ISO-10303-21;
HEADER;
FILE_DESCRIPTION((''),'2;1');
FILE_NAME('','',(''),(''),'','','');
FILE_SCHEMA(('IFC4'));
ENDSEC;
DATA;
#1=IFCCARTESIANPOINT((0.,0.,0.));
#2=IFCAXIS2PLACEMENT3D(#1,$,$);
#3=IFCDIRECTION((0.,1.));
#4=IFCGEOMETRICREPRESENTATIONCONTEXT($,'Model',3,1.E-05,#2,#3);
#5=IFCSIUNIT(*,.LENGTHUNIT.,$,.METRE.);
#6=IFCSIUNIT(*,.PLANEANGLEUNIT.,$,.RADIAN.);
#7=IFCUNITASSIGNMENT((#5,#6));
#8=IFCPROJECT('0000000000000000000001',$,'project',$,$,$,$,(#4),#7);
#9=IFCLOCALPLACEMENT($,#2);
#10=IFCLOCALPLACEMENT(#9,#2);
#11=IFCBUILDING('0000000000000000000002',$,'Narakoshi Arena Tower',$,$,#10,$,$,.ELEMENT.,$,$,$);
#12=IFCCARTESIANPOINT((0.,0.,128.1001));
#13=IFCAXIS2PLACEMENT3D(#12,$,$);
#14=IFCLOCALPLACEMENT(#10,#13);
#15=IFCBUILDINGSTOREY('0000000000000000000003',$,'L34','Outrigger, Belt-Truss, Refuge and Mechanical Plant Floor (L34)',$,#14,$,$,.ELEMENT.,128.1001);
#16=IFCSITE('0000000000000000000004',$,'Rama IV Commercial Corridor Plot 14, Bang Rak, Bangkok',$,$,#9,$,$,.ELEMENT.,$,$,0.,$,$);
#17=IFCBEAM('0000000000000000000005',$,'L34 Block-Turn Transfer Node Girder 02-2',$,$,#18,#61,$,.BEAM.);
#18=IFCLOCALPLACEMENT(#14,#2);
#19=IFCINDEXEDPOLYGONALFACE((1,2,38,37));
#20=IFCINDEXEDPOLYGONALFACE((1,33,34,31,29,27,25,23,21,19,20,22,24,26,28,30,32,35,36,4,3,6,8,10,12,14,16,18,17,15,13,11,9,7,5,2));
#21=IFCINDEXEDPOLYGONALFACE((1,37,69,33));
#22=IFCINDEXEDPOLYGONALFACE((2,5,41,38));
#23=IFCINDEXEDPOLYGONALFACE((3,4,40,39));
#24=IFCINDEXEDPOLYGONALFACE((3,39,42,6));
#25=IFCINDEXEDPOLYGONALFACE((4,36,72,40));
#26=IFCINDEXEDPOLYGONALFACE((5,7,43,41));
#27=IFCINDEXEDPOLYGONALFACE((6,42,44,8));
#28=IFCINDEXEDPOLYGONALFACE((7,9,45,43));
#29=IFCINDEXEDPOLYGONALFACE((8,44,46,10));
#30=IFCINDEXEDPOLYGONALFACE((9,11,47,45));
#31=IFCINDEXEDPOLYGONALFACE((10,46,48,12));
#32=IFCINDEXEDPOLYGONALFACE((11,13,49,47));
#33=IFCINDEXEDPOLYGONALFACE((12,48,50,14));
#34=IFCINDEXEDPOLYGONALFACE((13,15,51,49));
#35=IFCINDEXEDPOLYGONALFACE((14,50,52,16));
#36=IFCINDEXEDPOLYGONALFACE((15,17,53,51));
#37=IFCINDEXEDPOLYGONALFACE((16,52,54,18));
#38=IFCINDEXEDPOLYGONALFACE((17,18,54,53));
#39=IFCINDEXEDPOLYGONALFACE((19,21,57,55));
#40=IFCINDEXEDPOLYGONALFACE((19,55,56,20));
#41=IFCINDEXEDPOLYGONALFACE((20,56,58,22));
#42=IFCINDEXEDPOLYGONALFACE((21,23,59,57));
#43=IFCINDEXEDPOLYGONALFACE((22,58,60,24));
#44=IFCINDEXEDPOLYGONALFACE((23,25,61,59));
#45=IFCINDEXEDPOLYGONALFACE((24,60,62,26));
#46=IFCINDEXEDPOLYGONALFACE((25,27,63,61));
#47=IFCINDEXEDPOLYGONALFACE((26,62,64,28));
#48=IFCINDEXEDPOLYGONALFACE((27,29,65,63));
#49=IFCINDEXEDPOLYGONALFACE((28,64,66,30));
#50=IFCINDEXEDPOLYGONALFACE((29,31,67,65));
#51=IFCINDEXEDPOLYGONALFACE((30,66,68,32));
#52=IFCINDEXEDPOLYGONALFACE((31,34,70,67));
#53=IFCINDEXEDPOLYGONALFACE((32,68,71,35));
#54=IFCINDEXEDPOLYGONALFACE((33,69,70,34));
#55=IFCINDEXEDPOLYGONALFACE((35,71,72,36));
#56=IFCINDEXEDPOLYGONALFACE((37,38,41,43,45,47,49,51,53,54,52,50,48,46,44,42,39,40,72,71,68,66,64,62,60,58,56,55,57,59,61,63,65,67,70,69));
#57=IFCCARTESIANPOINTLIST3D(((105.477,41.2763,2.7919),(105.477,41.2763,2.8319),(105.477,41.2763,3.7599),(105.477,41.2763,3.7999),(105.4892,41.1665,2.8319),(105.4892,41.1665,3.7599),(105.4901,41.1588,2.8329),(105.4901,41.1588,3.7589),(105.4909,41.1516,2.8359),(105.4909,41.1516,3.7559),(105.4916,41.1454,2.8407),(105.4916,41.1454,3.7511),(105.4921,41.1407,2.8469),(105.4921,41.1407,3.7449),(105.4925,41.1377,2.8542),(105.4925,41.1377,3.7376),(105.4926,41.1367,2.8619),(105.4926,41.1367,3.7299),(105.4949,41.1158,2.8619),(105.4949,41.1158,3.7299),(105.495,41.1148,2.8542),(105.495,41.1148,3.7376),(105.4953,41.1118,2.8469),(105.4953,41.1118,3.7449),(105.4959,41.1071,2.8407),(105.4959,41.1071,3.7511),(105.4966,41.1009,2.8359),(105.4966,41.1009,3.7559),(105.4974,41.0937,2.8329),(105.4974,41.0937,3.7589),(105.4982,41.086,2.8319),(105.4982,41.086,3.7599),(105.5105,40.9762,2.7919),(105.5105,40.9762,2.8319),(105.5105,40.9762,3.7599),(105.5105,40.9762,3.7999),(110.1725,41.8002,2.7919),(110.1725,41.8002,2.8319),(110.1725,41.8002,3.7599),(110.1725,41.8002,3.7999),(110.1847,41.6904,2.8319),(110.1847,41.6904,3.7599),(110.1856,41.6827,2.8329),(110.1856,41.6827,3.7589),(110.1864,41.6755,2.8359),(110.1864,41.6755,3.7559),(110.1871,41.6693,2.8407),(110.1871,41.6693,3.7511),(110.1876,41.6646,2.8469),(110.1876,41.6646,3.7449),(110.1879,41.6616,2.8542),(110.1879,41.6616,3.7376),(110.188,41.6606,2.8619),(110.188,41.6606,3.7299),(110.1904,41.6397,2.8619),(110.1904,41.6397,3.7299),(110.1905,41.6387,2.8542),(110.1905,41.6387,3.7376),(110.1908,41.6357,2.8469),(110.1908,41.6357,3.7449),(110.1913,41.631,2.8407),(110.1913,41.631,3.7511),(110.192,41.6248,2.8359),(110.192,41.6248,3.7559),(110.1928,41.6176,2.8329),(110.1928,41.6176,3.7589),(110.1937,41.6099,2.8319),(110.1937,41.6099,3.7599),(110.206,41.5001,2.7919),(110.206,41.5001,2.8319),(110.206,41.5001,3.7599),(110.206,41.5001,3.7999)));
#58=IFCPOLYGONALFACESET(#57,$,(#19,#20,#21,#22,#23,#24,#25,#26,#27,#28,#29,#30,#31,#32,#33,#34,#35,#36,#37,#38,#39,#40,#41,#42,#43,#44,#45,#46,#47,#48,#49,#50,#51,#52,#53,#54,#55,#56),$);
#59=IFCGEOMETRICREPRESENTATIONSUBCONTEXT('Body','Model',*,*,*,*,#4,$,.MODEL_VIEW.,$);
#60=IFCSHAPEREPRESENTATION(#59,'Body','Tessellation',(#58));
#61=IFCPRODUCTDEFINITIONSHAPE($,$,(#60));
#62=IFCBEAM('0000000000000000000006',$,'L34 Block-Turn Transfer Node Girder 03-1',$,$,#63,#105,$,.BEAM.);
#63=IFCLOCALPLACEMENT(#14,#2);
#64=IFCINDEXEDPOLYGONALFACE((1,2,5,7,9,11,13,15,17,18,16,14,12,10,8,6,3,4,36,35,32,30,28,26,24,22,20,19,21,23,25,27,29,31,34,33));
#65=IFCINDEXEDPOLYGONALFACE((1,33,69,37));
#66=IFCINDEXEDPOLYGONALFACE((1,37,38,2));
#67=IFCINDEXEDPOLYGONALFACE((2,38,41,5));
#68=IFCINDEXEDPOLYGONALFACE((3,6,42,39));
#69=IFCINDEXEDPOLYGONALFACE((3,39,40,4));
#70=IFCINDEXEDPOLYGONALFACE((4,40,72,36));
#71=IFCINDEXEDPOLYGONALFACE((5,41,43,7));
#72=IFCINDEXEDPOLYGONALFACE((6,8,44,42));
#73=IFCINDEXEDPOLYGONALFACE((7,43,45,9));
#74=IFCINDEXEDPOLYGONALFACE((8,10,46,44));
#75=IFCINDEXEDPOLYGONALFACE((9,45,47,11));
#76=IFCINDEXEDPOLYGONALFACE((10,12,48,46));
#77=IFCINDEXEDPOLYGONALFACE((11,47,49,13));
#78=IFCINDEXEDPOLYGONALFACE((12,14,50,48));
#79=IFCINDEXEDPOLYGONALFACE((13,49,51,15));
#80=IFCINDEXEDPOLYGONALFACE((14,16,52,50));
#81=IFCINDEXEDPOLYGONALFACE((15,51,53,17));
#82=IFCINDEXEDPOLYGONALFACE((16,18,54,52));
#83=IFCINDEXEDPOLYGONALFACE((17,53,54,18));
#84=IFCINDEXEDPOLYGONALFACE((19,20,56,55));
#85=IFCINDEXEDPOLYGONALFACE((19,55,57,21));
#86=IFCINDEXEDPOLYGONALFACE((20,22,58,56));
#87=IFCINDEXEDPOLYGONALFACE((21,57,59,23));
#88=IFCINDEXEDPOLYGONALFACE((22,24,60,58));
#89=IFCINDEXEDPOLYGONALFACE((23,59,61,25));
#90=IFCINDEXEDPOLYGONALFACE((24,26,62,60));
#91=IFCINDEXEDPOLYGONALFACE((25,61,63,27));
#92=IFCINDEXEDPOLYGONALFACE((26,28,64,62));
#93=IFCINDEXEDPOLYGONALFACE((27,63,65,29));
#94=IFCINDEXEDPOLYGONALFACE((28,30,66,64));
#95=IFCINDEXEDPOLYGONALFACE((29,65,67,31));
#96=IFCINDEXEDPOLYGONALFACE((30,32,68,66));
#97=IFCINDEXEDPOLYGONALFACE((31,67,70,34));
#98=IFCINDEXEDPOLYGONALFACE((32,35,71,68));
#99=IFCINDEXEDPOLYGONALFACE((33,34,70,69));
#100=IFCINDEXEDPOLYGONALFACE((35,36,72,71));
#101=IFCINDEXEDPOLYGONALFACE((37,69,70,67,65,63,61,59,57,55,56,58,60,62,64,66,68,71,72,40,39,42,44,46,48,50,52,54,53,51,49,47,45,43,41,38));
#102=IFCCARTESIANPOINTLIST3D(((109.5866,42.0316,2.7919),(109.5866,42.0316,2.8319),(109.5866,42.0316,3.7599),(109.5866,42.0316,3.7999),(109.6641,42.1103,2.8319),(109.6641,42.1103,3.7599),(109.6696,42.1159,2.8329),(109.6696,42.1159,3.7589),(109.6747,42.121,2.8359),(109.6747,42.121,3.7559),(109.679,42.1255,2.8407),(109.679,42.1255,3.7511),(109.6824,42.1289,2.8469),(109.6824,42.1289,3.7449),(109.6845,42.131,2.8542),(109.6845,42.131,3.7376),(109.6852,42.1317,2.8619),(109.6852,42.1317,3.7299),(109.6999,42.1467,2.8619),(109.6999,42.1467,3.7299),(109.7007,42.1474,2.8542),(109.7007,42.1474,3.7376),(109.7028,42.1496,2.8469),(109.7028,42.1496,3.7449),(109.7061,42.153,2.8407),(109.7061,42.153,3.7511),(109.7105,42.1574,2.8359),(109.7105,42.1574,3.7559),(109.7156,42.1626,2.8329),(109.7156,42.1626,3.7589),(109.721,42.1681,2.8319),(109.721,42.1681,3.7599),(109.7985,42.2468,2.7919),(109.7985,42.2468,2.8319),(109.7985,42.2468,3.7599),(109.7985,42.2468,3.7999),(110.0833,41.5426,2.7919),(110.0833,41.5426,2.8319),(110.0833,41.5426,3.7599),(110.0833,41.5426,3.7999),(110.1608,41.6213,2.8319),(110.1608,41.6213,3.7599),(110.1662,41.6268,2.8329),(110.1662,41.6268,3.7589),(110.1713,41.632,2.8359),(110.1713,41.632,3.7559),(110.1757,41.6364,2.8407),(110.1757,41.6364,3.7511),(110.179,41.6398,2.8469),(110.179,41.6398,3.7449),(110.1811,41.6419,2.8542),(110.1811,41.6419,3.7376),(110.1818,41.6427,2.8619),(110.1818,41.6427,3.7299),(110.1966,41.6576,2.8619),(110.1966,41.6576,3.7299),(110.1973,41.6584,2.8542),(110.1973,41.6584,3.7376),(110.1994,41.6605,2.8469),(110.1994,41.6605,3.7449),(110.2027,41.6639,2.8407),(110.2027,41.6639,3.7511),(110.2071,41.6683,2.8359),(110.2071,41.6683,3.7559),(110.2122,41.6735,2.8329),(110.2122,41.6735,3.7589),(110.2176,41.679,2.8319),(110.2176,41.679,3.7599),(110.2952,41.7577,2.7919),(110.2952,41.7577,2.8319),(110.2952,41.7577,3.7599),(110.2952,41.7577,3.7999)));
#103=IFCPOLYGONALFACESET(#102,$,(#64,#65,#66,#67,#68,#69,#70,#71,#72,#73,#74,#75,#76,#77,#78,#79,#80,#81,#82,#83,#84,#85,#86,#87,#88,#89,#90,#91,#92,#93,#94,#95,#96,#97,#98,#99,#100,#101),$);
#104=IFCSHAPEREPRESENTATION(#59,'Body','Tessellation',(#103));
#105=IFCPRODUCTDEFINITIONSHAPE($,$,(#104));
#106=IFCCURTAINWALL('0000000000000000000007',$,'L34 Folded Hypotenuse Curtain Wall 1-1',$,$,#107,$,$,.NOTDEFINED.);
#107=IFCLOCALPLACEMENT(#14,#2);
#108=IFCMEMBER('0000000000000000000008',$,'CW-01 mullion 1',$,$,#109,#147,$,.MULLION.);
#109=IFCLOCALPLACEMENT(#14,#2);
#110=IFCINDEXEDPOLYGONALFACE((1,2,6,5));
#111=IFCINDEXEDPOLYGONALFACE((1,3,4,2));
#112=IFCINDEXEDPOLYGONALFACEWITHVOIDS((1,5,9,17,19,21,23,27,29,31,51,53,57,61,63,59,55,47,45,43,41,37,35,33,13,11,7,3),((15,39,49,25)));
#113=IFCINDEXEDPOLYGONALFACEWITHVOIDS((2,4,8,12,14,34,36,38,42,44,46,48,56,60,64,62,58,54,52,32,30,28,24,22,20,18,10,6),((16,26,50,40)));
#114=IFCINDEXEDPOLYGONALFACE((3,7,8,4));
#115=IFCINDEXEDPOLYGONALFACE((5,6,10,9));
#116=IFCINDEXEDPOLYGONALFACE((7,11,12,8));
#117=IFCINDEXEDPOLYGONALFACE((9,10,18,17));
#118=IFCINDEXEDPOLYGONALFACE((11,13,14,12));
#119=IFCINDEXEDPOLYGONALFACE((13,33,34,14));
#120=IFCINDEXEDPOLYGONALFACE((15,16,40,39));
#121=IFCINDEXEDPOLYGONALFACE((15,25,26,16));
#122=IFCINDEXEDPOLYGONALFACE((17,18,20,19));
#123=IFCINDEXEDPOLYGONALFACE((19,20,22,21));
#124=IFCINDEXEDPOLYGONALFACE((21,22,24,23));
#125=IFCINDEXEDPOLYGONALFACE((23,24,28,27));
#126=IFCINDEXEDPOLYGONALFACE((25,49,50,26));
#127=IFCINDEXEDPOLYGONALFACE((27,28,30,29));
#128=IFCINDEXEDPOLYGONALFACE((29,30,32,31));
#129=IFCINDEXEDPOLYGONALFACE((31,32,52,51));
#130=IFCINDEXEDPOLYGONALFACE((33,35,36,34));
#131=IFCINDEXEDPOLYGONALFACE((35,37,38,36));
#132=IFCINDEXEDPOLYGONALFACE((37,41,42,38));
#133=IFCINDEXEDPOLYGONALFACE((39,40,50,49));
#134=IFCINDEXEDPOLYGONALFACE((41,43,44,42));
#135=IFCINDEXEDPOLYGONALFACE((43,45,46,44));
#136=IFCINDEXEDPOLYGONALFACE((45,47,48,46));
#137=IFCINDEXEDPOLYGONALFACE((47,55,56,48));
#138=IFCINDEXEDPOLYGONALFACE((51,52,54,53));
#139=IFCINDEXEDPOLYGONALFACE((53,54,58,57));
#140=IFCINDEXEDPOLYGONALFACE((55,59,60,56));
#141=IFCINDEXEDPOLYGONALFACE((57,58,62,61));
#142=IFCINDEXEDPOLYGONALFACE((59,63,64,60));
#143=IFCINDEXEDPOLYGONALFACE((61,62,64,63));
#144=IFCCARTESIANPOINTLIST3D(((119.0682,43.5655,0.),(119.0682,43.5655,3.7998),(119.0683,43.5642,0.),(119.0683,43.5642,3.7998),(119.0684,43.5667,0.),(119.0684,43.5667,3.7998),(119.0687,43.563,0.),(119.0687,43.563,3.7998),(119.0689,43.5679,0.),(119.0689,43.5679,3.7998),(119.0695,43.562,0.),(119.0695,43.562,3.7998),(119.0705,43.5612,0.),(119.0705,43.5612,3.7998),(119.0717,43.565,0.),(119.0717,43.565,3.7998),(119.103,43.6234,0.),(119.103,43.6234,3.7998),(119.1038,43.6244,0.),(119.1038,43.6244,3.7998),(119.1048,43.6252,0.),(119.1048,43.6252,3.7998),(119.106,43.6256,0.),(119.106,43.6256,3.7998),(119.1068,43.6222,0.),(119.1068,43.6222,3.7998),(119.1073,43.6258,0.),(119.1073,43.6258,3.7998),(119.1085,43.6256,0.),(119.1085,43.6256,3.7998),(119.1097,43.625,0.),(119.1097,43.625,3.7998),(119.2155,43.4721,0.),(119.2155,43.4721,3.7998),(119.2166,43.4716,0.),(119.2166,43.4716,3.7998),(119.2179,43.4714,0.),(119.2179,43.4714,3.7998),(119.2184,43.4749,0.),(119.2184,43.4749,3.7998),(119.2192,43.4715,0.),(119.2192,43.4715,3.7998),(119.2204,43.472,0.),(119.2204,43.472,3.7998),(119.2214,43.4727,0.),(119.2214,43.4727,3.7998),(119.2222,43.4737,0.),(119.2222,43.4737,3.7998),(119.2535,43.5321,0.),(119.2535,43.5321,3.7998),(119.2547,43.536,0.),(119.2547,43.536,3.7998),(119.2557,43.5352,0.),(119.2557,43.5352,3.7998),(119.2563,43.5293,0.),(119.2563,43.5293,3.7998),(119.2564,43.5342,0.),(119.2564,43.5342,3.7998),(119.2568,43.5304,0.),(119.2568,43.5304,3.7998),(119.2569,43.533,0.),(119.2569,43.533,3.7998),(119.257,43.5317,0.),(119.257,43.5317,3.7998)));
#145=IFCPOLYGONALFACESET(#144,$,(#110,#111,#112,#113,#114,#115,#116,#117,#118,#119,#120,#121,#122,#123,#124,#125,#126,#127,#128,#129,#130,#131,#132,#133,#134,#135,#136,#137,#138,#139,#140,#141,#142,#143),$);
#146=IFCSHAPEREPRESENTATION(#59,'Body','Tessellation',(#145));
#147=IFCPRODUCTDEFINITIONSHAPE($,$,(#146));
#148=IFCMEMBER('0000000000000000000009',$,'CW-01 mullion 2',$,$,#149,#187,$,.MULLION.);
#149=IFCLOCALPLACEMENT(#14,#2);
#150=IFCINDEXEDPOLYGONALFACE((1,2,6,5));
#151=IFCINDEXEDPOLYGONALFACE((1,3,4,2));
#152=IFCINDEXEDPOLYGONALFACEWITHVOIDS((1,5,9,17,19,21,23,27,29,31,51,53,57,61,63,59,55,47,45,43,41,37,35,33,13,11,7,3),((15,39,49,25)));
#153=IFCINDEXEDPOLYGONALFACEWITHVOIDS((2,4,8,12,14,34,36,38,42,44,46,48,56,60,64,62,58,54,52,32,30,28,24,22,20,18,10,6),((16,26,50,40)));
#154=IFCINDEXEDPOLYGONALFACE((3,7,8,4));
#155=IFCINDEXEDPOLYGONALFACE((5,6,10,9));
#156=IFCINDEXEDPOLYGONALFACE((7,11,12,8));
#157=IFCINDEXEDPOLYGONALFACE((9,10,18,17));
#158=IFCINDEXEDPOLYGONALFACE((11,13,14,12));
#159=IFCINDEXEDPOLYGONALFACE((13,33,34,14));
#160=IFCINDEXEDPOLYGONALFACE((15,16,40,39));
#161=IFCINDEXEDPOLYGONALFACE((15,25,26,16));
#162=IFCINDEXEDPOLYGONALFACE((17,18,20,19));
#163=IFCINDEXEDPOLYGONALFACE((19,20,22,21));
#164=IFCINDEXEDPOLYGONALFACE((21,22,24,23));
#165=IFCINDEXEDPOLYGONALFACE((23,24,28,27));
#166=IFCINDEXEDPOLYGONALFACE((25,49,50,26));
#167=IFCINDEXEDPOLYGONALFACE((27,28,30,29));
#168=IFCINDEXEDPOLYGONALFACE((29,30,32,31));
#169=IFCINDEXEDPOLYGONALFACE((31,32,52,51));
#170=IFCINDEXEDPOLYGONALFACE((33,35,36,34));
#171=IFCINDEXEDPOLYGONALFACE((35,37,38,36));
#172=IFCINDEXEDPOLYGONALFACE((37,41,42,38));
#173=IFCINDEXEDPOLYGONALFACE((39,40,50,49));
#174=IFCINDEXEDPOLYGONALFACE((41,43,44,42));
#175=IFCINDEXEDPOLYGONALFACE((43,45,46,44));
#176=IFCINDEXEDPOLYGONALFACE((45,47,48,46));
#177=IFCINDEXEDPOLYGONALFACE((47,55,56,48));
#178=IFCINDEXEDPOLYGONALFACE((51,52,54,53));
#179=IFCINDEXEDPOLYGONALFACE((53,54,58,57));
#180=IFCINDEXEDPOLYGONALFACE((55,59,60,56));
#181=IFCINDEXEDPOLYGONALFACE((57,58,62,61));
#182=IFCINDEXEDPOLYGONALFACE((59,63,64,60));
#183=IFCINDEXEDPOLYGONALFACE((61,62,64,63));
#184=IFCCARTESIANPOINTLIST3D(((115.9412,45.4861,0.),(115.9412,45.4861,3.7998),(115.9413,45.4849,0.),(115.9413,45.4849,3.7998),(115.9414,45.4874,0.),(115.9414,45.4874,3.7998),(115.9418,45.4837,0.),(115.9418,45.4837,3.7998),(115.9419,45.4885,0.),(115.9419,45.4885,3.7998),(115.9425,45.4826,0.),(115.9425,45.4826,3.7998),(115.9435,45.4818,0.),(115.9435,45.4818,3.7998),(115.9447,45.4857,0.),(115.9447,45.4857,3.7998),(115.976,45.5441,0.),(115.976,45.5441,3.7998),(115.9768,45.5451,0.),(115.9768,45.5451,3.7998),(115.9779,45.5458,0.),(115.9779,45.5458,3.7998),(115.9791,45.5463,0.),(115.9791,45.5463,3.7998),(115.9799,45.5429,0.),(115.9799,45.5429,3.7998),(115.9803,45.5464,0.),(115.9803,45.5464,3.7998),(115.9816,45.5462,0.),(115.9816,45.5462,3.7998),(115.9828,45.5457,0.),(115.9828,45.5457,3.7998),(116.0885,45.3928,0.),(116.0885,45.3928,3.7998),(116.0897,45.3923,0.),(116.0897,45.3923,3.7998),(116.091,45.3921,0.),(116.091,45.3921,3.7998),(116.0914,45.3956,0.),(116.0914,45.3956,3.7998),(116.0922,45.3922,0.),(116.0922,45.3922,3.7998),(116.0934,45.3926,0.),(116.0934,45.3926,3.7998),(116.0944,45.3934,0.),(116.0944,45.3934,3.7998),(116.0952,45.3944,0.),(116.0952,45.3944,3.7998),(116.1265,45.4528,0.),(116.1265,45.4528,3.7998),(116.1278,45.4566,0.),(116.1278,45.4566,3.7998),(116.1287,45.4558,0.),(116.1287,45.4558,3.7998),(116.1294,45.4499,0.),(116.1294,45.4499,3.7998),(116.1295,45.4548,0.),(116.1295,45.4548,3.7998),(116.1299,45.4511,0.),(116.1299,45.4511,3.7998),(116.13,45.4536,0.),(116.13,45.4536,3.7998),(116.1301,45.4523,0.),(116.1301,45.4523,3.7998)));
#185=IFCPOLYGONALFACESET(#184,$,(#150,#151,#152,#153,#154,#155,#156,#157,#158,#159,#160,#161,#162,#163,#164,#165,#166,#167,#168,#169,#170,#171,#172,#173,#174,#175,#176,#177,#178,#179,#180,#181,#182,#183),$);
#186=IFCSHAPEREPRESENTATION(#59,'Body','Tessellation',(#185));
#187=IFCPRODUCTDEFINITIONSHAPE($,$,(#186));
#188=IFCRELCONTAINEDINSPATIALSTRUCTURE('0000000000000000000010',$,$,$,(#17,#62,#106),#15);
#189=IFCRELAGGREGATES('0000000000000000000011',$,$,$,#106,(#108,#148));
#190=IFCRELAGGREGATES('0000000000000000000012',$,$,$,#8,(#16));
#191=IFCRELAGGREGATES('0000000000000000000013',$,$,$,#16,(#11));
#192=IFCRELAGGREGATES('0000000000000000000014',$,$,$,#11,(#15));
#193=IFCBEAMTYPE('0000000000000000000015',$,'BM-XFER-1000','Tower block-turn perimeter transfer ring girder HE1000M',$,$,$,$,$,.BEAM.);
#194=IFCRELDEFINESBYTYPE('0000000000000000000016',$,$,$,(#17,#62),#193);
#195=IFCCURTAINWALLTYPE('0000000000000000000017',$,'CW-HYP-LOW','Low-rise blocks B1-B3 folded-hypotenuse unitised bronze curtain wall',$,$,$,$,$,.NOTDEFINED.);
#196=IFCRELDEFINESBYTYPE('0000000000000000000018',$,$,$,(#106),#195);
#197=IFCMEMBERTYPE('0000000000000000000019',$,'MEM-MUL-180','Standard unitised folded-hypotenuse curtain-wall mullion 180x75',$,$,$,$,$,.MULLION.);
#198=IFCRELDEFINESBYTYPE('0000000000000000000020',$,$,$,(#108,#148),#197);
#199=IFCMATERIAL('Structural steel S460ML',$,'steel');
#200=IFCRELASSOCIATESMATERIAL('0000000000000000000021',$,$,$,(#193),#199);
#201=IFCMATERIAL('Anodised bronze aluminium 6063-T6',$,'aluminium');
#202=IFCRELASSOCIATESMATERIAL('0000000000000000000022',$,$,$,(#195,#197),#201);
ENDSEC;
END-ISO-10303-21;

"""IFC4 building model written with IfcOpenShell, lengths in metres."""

from ifc_helpers import new_model, si_unit, direction, frame, origin, origin_2d, place, context, subcontext, project, spatial, hollow_rectangle, i_section, extrude, material, material_profile, profile_set, type_object, element, aggregate, save


model = new_model("IFC4")

# Units and contexts
model_context = context("Model", 3, precision=1e-05, world=origin(), true_north=direction((0.0, 1.0)))
body_context = subcontext(model_context, "Body", "Model", "MODEL_VIEW")
ifc_project = project(units=[si_unit("LENGTHUNIT", "METRE"), si_unit("PLANEANGLEUNIT", "RADIAN")], contexts=[model_context])

# Site, building, storey
site_placement = place(None, origin())
site = spatial("IfcSite", under=ifc_project, at=site_placement, Name="Rama IV Commercial Corridor Plot 14, Bang Rak, Bangkok", CompositionType="ELEMENT", RefElevation=0.0)
building_placement = place(site_placement, origin())
building = spatial("IfcBuilding", under=site, at=building_placement, Name="Narakoshi Arena Tower", CompositionType="ELEMENT")
storey_placement = place(building_placement, frame((0.0, 0.0, 128.1001)))
storey = spatial("IfcBuildingStorey", under=building, at=storey_placement, Name="L34", Description="Outrigger, Belt-Truss, Refuge and Mechanical Plant Floor (L34)", CompositionType="ELEMENT", Elevation=128.1001)

# Shared definitions
ifc_material_1 = material(Name="Structural steel S460ML", Category="steel")

# Beams
ifc_material_profile_1 = material_profile(ifc_material_1, i_section(OverallWidth=0.302, OverallDepth=1.0081, WebThickness=0.021, FlangeThickness=0.04, FilletRadius=0.03, at=origin_2d()), Name="HE1000M")
ifc_profile_set_1 = profile_set([ifc_material_profile_1], Name="Structural steel S460ML")
beam_type = type_object("IfcBeamType", Name="BM-XFER-1000", Description="Tower block-turn perimeter transfer ring girder HE1000M", PredefinedType="BEAM", material=ifc_profile_set_1)
beam_1_placement = place(storey_placement, frame((110.1892, 41.6501, 3.2959), z_axis=(-0.993833, -0.110891, 0.0), x_axis=(0.110891, -0.993833, 0.0)))
element("IfcBeam", 1, at=beam_1_placement, inside=storey, type_object=beam_type, Name="L34 Block-Turn Transfer Node Girder 02-2", PredefinedType="BEAM", context=body_context, shape_type="SweptSolid", body=[
    extrude(i_section(OverallWidth=0.302, OverallDepth=1.0081, WebThickness=0.021, FlangeThickness=0.04, FilletRadius=0.03, at=origin_2d()), origin(), (0.0, 0.0, 1.0), 4.7246),
])
beam_2_placement = place(storey_placement, frame((110.1892, 41.6501, 3.2959), z_axis=(-0.712516, 0.701656, 0.0), x_axis=(-0.701656, -0.712516, 0.0)))
element("IfcBeam", 2, at=beam_2_placement, inside=storey, type_object=beam_type, Name="L34 Block-Turn Transfer Node Girder 03-1", PredefinedType="BEAM", context=body_context, shape_type="SweptSolid", body=[
    extrude(i_section(OverallWidth=0.302, OverallDepth=1.0081, WebThickness=0.021, FlangeThickness=0.04, FilletRadius=0.03, at=origin_2d()), origin(), (0.0, 0.0, 1.0), 0.697),
])

# Curtain wall, members
ifc_material_2 = material(Name="Anodised bronze aluminium 6063-T6", Category="aluminium")
curtain_wall_type = type_object("IfcCurtainWallType", Name="CW-HYP-LOW", Description="Low-rise blocks B1-B3 folded-hypotenuse unitised bronze curtain wall", PredefinedType="NOTDEFINED", material=ifc_material_2)
curtain_wall_placement = place(storey_placement, origin())
curtain_wall = element("IfcCurtainWall", 3, at=curtain_wall_placement, inside=storey, type_object=curtain_wall_type, Name="L34 Folded Hypotenuse Curtain Wall 1-1", PredefinedType="NOTDEFINED")
ifc_material_profile_2 = material_profile(ifc_material_2, hollow_rectangle(XDim=0.075, YDim=0.1799, WallThickness=0.0039, OuterFilletRadius=0.0049, at=origin_2d()), Name="MUL180x75x4")
ifc_profile_set_2 = profile_set([ifc_material_profile_2], Name="Anodised bronze aluminium 6063-T6")
member_type_1 = type_object("IfcMemberType", Name="MEM-MUL-180", Description="Standard unitised folded-hypotenuse curtain-wall mullion 180x75", PredefinedType="MULLION", material=ifc_profile_set_2)
member_1_placement = place(storey_placement, frame((119.1626, 43.5486, 0.0), z_axis=(0.0, 0.0, 1.0), x_axis=(-0.523358, -0.852113, 0.0)))
member_1 = element("IfcMember", 4, at=member_1_placement, type_object=member_type_1, Name="CW-01 mullion 1", PredefinedType="MULLION", context=body_context, shape_type="SweptSolid", body=[
    extrude(hollow_rectangle(XDim=0.075, YDim=0.1799, WallThickness=0.0039, OuterFilletRadius=0.0049, at=origin_2d()), origin(), (0.0, 0.0, 1.0), 3.7998),
])
member_2_placement = place(storey_placement, frame((116.0356, 45.4692, 0.0), z_axis=(0.0, 0.0, 1.0), x_axis=(-0.523358, -0.852113, 0.0)))
member_2 = element("IfcMember", 5, at=member_2_placement, type_object=member_type_1, Name="CW-01 mullion 2", PredefinedType="MULLION", context=body_context, shape_type="SweptSolid", body=[
    extrude(hollow_rectangle(XDim=0.075, YDim=0.1799, WallThickness=0.0039, OuterFilletRadius=0.0049, at=origin_2d()), origin(), (0.0, 0.0, 1.0), 3.7998),
])
aggregate(curtain_wall, [member_1, member_2])

save(model, "model.ifc")
